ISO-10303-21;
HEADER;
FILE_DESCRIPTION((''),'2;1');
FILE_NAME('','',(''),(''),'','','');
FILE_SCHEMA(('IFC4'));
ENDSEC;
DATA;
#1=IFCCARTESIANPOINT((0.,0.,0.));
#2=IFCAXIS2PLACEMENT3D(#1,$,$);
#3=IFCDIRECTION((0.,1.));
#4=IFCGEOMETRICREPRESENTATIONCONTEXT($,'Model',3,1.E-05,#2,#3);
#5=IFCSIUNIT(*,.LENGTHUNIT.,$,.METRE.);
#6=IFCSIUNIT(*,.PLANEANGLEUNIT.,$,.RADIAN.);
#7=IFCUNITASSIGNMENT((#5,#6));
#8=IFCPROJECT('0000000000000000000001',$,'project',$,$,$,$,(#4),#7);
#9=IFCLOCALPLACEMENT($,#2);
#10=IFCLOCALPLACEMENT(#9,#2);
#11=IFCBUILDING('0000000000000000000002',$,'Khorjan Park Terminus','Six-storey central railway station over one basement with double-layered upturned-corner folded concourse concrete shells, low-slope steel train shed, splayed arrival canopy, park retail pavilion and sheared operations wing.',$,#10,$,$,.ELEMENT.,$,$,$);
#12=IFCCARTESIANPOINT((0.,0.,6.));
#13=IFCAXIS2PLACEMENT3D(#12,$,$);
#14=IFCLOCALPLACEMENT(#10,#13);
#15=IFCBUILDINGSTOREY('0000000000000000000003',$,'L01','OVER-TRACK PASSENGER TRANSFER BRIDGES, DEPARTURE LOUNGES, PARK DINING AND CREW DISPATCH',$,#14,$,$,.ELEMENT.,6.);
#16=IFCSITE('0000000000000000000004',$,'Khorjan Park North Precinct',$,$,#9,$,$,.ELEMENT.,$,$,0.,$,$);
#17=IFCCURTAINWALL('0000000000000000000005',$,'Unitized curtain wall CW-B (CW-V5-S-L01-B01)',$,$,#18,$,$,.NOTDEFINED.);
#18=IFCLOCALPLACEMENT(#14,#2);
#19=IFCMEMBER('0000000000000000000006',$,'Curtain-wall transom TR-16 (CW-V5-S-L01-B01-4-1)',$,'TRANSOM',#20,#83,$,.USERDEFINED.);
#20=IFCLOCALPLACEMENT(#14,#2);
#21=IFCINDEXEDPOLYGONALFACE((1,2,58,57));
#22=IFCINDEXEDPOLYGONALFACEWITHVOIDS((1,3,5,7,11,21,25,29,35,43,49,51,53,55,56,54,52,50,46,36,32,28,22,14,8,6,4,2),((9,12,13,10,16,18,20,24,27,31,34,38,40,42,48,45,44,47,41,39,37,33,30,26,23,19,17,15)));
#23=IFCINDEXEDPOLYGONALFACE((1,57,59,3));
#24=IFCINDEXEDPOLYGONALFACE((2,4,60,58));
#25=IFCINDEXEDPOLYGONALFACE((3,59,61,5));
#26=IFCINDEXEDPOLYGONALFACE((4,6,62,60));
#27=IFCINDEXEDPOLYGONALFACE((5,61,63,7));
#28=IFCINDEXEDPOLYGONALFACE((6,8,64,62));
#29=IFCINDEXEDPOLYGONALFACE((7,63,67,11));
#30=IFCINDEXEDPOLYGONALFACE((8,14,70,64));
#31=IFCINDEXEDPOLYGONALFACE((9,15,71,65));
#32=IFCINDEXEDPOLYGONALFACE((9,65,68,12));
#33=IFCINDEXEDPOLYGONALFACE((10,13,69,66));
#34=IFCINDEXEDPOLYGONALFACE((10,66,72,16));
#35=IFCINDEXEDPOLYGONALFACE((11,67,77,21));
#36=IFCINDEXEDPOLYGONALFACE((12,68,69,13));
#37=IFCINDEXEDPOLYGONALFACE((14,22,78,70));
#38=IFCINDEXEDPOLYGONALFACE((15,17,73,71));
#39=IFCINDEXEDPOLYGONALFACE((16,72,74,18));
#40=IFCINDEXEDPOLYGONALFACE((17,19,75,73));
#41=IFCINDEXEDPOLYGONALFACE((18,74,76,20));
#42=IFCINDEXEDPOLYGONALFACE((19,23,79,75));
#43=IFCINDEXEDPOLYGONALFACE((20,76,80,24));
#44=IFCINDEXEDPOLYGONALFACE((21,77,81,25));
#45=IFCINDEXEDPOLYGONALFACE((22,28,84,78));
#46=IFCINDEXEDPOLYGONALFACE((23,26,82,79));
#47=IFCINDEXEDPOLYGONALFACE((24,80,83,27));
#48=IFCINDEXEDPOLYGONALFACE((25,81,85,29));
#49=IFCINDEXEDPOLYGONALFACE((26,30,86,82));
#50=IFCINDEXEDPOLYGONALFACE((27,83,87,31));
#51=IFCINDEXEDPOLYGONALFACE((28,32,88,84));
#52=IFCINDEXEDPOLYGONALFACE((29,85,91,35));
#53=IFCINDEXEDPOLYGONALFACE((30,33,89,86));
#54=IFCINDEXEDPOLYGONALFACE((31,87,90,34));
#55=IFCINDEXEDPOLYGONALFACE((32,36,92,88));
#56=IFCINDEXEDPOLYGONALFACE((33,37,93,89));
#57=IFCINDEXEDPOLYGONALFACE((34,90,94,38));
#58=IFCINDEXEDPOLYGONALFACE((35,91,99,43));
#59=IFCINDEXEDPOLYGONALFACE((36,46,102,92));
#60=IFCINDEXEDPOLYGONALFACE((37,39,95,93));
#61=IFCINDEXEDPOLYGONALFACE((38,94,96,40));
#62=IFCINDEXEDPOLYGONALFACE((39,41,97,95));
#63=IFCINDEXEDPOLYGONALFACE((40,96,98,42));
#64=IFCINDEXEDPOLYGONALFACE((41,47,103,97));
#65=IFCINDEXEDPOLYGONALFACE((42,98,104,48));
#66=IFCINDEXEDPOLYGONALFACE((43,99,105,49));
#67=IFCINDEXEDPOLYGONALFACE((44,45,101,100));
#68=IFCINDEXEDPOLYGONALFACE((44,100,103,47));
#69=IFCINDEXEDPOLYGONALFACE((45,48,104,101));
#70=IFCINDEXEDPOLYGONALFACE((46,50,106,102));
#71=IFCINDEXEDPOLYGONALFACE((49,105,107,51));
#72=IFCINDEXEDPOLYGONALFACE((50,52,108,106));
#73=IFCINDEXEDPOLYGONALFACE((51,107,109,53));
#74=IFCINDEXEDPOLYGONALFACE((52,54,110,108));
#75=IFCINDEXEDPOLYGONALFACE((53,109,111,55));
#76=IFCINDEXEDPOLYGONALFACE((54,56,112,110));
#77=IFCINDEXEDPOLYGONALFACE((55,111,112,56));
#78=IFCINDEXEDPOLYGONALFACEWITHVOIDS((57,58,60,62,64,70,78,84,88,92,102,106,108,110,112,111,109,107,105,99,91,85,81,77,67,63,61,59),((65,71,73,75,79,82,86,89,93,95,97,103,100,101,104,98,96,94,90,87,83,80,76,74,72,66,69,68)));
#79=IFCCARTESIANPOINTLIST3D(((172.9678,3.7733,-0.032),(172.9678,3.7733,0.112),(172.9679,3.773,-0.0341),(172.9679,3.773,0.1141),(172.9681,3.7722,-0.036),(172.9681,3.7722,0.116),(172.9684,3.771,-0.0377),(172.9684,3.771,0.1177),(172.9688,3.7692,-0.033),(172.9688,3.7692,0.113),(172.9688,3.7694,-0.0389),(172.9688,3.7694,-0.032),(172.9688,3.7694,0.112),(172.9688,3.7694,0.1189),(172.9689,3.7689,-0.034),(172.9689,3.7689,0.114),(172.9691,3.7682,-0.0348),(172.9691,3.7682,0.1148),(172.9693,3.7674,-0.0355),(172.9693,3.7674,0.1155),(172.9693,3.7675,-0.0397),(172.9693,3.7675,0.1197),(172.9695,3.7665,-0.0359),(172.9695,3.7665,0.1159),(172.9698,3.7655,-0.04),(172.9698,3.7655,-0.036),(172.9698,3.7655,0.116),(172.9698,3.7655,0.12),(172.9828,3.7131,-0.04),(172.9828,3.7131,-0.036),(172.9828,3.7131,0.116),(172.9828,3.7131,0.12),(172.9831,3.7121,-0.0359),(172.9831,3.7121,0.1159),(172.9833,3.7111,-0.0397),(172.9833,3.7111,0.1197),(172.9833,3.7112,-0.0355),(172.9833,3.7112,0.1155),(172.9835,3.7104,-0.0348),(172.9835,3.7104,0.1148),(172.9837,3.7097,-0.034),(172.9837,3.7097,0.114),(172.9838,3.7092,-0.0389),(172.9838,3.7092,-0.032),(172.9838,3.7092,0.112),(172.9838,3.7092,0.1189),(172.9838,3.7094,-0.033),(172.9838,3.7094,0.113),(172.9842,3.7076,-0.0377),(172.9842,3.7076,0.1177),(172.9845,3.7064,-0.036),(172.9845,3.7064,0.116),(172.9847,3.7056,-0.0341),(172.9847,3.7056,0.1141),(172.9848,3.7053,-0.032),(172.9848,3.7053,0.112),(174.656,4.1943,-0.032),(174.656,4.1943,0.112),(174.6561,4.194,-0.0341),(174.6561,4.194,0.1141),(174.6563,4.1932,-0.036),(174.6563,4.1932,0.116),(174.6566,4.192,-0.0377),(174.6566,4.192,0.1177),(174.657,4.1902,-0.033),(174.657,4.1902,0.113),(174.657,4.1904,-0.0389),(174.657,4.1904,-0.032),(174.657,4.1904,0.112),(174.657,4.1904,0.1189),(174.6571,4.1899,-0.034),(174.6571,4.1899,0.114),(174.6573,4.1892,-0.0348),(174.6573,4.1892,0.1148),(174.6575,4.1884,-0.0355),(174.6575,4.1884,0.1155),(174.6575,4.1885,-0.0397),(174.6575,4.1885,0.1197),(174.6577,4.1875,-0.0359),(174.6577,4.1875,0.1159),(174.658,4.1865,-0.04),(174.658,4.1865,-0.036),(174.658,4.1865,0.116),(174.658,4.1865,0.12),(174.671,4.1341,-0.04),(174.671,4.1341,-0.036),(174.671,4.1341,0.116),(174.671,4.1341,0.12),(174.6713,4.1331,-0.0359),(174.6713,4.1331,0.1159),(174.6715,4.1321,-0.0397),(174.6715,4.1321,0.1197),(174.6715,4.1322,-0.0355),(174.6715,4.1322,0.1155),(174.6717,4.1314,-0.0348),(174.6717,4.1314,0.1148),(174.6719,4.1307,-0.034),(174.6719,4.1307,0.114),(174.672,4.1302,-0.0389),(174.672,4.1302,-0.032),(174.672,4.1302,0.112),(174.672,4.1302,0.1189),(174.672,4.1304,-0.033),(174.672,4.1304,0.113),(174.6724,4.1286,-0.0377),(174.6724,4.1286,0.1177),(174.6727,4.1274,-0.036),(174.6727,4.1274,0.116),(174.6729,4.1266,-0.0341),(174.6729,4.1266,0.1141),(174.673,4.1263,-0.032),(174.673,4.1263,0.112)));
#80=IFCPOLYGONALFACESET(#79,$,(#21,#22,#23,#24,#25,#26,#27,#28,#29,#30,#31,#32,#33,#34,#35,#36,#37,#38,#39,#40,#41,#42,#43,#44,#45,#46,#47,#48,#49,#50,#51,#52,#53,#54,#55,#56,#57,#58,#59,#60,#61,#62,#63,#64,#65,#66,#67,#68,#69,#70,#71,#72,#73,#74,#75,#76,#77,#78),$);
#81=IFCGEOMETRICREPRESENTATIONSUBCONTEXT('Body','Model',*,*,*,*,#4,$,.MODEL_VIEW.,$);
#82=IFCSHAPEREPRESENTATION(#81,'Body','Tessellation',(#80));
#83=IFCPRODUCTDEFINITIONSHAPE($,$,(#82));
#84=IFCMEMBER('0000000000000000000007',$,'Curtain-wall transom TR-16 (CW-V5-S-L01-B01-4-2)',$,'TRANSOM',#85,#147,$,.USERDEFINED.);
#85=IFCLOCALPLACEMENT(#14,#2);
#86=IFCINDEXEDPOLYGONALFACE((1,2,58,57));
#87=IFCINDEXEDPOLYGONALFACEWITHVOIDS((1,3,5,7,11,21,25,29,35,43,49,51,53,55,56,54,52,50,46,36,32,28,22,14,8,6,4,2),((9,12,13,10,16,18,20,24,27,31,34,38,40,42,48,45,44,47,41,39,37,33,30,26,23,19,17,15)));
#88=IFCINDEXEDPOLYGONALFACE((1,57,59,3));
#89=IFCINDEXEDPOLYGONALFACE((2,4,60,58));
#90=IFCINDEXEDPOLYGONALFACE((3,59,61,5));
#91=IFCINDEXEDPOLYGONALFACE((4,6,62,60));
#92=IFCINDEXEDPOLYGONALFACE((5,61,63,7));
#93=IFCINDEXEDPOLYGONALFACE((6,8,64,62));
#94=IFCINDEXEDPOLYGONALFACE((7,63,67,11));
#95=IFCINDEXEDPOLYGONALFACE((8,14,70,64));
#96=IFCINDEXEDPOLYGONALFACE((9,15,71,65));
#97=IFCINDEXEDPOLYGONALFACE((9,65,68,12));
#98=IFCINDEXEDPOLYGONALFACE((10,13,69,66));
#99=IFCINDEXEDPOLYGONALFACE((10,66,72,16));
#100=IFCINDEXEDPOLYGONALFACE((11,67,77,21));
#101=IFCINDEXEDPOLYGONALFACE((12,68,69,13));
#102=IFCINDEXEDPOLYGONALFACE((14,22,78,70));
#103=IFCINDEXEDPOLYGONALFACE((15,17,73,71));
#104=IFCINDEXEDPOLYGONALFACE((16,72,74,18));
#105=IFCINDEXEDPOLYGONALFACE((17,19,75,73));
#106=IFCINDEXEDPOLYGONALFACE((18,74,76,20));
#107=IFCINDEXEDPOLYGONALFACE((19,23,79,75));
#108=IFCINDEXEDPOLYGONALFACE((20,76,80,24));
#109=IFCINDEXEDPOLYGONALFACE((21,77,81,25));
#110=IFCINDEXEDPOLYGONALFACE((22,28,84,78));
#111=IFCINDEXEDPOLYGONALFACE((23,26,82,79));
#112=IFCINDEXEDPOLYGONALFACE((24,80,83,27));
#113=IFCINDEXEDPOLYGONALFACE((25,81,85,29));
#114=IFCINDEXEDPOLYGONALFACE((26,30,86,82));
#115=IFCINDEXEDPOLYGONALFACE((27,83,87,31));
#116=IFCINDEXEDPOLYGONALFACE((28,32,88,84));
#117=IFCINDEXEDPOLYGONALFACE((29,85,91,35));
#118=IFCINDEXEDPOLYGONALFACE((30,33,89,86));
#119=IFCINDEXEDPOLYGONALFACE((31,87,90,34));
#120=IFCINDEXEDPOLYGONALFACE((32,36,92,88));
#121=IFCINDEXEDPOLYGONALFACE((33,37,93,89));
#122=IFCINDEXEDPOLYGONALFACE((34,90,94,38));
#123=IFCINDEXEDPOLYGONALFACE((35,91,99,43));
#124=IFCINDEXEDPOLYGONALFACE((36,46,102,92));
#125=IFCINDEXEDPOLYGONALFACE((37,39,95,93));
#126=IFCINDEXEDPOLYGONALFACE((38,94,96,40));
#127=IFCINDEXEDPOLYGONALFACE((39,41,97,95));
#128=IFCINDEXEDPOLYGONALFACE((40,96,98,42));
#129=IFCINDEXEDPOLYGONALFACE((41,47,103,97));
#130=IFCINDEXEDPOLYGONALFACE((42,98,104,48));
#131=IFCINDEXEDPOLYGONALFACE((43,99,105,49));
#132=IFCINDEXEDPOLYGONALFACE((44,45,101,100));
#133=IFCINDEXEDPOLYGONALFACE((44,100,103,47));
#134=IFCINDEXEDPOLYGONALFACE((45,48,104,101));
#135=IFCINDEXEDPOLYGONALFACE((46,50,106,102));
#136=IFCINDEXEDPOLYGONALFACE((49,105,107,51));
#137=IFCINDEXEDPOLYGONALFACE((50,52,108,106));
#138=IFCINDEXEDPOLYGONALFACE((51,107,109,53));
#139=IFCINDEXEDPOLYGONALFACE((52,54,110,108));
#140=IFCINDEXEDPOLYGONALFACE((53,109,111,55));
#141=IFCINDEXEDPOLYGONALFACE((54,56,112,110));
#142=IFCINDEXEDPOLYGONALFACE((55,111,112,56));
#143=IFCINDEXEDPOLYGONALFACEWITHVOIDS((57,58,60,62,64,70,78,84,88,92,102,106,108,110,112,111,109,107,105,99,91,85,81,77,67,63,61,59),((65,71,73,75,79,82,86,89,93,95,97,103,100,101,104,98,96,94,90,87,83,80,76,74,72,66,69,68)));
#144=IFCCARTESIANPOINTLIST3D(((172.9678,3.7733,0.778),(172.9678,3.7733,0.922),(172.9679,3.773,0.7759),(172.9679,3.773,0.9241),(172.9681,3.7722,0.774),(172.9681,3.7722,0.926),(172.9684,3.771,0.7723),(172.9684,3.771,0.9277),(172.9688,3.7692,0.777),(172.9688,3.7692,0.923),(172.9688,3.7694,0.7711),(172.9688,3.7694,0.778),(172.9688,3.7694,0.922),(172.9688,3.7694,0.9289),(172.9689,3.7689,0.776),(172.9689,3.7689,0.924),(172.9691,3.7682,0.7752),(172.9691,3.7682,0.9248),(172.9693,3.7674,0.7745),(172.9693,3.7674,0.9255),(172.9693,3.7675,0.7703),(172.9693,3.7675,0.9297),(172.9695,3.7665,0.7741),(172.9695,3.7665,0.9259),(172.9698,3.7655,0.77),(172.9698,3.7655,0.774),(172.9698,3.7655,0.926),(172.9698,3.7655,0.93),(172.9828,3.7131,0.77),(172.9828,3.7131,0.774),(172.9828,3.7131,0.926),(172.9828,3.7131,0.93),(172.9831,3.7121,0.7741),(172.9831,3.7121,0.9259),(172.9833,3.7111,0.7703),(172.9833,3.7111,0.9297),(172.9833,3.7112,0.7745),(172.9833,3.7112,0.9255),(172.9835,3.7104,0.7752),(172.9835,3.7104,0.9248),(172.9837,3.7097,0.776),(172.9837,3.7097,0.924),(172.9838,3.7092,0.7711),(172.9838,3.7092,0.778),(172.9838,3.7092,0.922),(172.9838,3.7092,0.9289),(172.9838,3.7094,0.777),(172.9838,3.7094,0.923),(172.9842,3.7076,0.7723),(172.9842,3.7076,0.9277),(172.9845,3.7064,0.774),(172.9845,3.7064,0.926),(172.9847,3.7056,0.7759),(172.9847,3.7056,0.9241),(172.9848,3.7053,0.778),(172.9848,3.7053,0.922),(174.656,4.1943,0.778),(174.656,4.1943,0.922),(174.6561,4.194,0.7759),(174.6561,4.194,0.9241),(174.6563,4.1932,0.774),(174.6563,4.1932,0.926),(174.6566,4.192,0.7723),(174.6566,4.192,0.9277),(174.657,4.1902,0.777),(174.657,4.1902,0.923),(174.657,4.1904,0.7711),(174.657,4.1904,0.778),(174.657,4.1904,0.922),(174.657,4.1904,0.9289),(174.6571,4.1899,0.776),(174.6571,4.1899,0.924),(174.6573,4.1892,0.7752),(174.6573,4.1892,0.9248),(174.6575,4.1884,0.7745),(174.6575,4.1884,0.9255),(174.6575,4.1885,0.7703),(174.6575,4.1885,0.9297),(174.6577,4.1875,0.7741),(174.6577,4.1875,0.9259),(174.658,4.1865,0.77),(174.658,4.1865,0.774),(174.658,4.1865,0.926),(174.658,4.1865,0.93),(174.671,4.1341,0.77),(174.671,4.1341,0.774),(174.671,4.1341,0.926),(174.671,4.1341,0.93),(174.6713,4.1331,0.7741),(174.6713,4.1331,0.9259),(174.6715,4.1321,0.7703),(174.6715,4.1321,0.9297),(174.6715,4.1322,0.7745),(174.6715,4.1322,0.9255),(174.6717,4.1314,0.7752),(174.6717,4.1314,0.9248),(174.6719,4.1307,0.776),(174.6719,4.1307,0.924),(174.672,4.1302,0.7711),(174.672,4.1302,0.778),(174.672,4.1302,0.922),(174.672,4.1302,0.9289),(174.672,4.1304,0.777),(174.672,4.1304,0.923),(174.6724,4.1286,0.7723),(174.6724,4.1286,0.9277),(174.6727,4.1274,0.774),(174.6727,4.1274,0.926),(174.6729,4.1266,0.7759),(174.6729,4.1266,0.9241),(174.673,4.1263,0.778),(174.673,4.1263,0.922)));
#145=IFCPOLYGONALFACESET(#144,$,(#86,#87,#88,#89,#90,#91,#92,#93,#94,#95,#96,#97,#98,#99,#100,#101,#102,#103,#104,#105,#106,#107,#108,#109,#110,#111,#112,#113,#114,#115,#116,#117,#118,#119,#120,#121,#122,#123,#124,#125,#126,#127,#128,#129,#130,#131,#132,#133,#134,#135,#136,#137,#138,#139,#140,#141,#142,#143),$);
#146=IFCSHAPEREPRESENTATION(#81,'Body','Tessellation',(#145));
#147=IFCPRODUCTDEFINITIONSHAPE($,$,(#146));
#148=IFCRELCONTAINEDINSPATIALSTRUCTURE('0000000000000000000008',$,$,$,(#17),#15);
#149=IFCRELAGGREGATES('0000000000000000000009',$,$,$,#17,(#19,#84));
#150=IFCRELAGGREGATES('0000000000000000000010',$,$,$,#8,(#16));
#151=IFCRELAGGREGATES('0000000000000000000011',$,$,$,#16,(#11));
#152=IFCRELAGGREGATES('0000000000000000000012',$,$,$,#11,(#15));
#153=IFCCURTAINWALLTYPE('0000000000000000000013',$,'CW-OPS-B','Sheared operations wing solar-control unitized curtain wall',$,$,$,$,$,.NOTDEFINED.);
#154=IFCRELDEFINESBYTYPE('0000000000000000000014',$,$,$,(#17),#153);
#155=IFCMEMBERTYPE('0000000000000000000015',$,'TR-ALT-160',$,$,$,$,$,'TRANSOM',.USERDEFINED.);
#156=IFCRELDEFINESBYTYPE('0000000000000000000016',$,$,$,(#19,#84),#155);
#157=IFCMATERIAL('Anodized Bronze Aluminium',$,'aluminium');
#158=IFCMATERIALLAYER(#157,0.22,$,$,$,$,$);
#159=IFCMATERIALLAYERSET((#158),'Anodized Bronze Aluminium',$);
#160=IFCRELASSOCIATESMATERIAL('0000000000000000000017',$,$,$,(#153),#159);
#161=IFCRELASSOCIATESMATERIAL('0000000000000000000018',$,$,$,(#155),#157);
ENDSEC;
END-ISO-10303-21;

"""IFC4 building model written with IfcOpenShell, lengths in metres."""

from ifc_helpers import new_model, si_unit, direction, frame, origin, origin_2d, place, context, subcontext, project, spatial, hollow_rectangle, extrude, material, layer, layer_set, material_profile, profile_set, type_object, element, aggregate, save


model = new_model("IFC4")

# Units and contexts
model_context = context("Model", 3, precision=1e-05, world=origin(), true_north=direction((0.0, 1.0)))
body_context = subcontext(model_context, "Body", "Model", "MODEL_VIEW")
ifc_project = project(units=[si_unit("LENGTHUNIT", "METRE"), si_unit("PLANEANGLEUNIT", "RADIAN")], contexts=[model_context])

# Site, building, storey
site_placement = place(None, origin())
site = spatial("IfcSite", under=ifc_project, at=site_placement, Name="Khorjan Park North Precinct", CompositionType="ELEMENT", RefElevation=0.0)
building_placement = place(site_placement, origin())
building = spatial("IfcBuilding", under=site, at=building_placement, Name="Khorjan Park Terminus", Description="Six-storey central railway station over one basement with double-layered upturned-corner folded concourse concrete shells, low-slope steel train shed, splayed arrival canopy, park retail pavilion and sheared operations wing.", CompositionType="ELEMENT")
storey_placement = place(building_placement, frame((0.0, 0.0, 6.0)))
storey = spatial("IfcBuildingStorey", under=building, at=storey_placement, Name="L01", Description="OVER-TRACK PASSENGER TRANSFER BRIDGES, DEPARTURE LOUNGES, PARK DINING AND CREW DISPATCH", CompositionType="ELEMENT", Elevation=6.0)

# Curtain wall, members
ifc_material_1 = material(Name="Anodized Bronze Aluminium", Category="aluminium")
ifc_layer_1 = layer(ifc_material_1, 0.22)
ifc_layer_set_1 = layer_set([ifc_layer_1], Name="Anodized Bronze Aluminium")
curtain_wall_type = type_object("IfcCurtainWallType", Name="CW-OPS-B", Description="Sheared operations wing solar-control unitized curtain wall", PredefinedType="NOTDEFINED", material=ifc_layer_set_1)
curtain_wall_placement = place(storey_placement, origin())
curtain_wall = element("IfcCurtainWall", 1, at=curtain_wall_placement, inside=storey, type_object=curtain_wall_type, Name="Unitized curtain wall CW-B (CW-V5-S-L01-B01)", PredefinedType="NOTDEFINED")
ifc_material_profile_1 = material_profile(ifc_material_1, hollow_rectangle(XDim=0.07, YDim=0.16, WallThickness=0.004, InnerFilletRadius=0.004, OuterFilletRadius=0.008, at=origin_2d()), Name="ALT 70x160x4")
ifc_profile_set_1 = profile_set([ifc_material_profile_1], Name="Anodized Bronze Aluminium")
member_type_1 = type_object("IfcMemberType", Name="TR-ALT-160", ElementType="TRANSOM", PredefinedType="USERDEFINED", material=ifc_profile_set_1)
member_1_placement = place(storey_placement, frame((172.9763, 3.7393, 0.04), z_axis=(0.970284, 0.241968, 0.0), x_axis=(-0.241968, 0.970284, 0.0)))
member_1 = element("IfcMember", 2, at=member_1_placement, type_object=member_type_1, Name="Curtain-wall transom TR-16 (CW-V5-S-L01-B01-4-1)", ObjectType="TRANSOM", PredefinedType="USERDEFINED", context=body_context, shape_type="SweptSolid", body=[
    extrude(hollow_rectangle(XDim=0.07, YDim=0.16, WallThickness=0.004, InnerFilletRadius=0.004, OuterFilletRadius=0.008, at=origin_2d()), origin(), (0.0, 0.0, 1.0), 1.7399),
])
member_2_placement = place(storey_placement, frame((172.9763, 3.7393, 0.85), z_axis=(0.970284, 0.241968, 0.0), x_axis=(-0.241968, 0.970284, 0.0)))
member_2 = element("IfcMember", 3, at=member_2_placement, type_object=member_type_1, Name="Curtain-wall transom TR-16 (CW-V5-S-L01-B01-4-2)", ObjectType="TRANSOM", PredefinedType="USERDEFINED", context=body_context, shape_type="SweptSolid", body=[
    extrude(hollow_rectangle(XDim=0.07, YDim=0.16, WallThickness=0.004, InnerFilletRadius=0.004, OuterFilletRadius=0.008, at=origin_2d()), origin(), (0.0, 0.0, 1.0), 1.7399),
])
aggregate(curtain_wall, [member_1, member_2])

save(model, "model.ifc")
